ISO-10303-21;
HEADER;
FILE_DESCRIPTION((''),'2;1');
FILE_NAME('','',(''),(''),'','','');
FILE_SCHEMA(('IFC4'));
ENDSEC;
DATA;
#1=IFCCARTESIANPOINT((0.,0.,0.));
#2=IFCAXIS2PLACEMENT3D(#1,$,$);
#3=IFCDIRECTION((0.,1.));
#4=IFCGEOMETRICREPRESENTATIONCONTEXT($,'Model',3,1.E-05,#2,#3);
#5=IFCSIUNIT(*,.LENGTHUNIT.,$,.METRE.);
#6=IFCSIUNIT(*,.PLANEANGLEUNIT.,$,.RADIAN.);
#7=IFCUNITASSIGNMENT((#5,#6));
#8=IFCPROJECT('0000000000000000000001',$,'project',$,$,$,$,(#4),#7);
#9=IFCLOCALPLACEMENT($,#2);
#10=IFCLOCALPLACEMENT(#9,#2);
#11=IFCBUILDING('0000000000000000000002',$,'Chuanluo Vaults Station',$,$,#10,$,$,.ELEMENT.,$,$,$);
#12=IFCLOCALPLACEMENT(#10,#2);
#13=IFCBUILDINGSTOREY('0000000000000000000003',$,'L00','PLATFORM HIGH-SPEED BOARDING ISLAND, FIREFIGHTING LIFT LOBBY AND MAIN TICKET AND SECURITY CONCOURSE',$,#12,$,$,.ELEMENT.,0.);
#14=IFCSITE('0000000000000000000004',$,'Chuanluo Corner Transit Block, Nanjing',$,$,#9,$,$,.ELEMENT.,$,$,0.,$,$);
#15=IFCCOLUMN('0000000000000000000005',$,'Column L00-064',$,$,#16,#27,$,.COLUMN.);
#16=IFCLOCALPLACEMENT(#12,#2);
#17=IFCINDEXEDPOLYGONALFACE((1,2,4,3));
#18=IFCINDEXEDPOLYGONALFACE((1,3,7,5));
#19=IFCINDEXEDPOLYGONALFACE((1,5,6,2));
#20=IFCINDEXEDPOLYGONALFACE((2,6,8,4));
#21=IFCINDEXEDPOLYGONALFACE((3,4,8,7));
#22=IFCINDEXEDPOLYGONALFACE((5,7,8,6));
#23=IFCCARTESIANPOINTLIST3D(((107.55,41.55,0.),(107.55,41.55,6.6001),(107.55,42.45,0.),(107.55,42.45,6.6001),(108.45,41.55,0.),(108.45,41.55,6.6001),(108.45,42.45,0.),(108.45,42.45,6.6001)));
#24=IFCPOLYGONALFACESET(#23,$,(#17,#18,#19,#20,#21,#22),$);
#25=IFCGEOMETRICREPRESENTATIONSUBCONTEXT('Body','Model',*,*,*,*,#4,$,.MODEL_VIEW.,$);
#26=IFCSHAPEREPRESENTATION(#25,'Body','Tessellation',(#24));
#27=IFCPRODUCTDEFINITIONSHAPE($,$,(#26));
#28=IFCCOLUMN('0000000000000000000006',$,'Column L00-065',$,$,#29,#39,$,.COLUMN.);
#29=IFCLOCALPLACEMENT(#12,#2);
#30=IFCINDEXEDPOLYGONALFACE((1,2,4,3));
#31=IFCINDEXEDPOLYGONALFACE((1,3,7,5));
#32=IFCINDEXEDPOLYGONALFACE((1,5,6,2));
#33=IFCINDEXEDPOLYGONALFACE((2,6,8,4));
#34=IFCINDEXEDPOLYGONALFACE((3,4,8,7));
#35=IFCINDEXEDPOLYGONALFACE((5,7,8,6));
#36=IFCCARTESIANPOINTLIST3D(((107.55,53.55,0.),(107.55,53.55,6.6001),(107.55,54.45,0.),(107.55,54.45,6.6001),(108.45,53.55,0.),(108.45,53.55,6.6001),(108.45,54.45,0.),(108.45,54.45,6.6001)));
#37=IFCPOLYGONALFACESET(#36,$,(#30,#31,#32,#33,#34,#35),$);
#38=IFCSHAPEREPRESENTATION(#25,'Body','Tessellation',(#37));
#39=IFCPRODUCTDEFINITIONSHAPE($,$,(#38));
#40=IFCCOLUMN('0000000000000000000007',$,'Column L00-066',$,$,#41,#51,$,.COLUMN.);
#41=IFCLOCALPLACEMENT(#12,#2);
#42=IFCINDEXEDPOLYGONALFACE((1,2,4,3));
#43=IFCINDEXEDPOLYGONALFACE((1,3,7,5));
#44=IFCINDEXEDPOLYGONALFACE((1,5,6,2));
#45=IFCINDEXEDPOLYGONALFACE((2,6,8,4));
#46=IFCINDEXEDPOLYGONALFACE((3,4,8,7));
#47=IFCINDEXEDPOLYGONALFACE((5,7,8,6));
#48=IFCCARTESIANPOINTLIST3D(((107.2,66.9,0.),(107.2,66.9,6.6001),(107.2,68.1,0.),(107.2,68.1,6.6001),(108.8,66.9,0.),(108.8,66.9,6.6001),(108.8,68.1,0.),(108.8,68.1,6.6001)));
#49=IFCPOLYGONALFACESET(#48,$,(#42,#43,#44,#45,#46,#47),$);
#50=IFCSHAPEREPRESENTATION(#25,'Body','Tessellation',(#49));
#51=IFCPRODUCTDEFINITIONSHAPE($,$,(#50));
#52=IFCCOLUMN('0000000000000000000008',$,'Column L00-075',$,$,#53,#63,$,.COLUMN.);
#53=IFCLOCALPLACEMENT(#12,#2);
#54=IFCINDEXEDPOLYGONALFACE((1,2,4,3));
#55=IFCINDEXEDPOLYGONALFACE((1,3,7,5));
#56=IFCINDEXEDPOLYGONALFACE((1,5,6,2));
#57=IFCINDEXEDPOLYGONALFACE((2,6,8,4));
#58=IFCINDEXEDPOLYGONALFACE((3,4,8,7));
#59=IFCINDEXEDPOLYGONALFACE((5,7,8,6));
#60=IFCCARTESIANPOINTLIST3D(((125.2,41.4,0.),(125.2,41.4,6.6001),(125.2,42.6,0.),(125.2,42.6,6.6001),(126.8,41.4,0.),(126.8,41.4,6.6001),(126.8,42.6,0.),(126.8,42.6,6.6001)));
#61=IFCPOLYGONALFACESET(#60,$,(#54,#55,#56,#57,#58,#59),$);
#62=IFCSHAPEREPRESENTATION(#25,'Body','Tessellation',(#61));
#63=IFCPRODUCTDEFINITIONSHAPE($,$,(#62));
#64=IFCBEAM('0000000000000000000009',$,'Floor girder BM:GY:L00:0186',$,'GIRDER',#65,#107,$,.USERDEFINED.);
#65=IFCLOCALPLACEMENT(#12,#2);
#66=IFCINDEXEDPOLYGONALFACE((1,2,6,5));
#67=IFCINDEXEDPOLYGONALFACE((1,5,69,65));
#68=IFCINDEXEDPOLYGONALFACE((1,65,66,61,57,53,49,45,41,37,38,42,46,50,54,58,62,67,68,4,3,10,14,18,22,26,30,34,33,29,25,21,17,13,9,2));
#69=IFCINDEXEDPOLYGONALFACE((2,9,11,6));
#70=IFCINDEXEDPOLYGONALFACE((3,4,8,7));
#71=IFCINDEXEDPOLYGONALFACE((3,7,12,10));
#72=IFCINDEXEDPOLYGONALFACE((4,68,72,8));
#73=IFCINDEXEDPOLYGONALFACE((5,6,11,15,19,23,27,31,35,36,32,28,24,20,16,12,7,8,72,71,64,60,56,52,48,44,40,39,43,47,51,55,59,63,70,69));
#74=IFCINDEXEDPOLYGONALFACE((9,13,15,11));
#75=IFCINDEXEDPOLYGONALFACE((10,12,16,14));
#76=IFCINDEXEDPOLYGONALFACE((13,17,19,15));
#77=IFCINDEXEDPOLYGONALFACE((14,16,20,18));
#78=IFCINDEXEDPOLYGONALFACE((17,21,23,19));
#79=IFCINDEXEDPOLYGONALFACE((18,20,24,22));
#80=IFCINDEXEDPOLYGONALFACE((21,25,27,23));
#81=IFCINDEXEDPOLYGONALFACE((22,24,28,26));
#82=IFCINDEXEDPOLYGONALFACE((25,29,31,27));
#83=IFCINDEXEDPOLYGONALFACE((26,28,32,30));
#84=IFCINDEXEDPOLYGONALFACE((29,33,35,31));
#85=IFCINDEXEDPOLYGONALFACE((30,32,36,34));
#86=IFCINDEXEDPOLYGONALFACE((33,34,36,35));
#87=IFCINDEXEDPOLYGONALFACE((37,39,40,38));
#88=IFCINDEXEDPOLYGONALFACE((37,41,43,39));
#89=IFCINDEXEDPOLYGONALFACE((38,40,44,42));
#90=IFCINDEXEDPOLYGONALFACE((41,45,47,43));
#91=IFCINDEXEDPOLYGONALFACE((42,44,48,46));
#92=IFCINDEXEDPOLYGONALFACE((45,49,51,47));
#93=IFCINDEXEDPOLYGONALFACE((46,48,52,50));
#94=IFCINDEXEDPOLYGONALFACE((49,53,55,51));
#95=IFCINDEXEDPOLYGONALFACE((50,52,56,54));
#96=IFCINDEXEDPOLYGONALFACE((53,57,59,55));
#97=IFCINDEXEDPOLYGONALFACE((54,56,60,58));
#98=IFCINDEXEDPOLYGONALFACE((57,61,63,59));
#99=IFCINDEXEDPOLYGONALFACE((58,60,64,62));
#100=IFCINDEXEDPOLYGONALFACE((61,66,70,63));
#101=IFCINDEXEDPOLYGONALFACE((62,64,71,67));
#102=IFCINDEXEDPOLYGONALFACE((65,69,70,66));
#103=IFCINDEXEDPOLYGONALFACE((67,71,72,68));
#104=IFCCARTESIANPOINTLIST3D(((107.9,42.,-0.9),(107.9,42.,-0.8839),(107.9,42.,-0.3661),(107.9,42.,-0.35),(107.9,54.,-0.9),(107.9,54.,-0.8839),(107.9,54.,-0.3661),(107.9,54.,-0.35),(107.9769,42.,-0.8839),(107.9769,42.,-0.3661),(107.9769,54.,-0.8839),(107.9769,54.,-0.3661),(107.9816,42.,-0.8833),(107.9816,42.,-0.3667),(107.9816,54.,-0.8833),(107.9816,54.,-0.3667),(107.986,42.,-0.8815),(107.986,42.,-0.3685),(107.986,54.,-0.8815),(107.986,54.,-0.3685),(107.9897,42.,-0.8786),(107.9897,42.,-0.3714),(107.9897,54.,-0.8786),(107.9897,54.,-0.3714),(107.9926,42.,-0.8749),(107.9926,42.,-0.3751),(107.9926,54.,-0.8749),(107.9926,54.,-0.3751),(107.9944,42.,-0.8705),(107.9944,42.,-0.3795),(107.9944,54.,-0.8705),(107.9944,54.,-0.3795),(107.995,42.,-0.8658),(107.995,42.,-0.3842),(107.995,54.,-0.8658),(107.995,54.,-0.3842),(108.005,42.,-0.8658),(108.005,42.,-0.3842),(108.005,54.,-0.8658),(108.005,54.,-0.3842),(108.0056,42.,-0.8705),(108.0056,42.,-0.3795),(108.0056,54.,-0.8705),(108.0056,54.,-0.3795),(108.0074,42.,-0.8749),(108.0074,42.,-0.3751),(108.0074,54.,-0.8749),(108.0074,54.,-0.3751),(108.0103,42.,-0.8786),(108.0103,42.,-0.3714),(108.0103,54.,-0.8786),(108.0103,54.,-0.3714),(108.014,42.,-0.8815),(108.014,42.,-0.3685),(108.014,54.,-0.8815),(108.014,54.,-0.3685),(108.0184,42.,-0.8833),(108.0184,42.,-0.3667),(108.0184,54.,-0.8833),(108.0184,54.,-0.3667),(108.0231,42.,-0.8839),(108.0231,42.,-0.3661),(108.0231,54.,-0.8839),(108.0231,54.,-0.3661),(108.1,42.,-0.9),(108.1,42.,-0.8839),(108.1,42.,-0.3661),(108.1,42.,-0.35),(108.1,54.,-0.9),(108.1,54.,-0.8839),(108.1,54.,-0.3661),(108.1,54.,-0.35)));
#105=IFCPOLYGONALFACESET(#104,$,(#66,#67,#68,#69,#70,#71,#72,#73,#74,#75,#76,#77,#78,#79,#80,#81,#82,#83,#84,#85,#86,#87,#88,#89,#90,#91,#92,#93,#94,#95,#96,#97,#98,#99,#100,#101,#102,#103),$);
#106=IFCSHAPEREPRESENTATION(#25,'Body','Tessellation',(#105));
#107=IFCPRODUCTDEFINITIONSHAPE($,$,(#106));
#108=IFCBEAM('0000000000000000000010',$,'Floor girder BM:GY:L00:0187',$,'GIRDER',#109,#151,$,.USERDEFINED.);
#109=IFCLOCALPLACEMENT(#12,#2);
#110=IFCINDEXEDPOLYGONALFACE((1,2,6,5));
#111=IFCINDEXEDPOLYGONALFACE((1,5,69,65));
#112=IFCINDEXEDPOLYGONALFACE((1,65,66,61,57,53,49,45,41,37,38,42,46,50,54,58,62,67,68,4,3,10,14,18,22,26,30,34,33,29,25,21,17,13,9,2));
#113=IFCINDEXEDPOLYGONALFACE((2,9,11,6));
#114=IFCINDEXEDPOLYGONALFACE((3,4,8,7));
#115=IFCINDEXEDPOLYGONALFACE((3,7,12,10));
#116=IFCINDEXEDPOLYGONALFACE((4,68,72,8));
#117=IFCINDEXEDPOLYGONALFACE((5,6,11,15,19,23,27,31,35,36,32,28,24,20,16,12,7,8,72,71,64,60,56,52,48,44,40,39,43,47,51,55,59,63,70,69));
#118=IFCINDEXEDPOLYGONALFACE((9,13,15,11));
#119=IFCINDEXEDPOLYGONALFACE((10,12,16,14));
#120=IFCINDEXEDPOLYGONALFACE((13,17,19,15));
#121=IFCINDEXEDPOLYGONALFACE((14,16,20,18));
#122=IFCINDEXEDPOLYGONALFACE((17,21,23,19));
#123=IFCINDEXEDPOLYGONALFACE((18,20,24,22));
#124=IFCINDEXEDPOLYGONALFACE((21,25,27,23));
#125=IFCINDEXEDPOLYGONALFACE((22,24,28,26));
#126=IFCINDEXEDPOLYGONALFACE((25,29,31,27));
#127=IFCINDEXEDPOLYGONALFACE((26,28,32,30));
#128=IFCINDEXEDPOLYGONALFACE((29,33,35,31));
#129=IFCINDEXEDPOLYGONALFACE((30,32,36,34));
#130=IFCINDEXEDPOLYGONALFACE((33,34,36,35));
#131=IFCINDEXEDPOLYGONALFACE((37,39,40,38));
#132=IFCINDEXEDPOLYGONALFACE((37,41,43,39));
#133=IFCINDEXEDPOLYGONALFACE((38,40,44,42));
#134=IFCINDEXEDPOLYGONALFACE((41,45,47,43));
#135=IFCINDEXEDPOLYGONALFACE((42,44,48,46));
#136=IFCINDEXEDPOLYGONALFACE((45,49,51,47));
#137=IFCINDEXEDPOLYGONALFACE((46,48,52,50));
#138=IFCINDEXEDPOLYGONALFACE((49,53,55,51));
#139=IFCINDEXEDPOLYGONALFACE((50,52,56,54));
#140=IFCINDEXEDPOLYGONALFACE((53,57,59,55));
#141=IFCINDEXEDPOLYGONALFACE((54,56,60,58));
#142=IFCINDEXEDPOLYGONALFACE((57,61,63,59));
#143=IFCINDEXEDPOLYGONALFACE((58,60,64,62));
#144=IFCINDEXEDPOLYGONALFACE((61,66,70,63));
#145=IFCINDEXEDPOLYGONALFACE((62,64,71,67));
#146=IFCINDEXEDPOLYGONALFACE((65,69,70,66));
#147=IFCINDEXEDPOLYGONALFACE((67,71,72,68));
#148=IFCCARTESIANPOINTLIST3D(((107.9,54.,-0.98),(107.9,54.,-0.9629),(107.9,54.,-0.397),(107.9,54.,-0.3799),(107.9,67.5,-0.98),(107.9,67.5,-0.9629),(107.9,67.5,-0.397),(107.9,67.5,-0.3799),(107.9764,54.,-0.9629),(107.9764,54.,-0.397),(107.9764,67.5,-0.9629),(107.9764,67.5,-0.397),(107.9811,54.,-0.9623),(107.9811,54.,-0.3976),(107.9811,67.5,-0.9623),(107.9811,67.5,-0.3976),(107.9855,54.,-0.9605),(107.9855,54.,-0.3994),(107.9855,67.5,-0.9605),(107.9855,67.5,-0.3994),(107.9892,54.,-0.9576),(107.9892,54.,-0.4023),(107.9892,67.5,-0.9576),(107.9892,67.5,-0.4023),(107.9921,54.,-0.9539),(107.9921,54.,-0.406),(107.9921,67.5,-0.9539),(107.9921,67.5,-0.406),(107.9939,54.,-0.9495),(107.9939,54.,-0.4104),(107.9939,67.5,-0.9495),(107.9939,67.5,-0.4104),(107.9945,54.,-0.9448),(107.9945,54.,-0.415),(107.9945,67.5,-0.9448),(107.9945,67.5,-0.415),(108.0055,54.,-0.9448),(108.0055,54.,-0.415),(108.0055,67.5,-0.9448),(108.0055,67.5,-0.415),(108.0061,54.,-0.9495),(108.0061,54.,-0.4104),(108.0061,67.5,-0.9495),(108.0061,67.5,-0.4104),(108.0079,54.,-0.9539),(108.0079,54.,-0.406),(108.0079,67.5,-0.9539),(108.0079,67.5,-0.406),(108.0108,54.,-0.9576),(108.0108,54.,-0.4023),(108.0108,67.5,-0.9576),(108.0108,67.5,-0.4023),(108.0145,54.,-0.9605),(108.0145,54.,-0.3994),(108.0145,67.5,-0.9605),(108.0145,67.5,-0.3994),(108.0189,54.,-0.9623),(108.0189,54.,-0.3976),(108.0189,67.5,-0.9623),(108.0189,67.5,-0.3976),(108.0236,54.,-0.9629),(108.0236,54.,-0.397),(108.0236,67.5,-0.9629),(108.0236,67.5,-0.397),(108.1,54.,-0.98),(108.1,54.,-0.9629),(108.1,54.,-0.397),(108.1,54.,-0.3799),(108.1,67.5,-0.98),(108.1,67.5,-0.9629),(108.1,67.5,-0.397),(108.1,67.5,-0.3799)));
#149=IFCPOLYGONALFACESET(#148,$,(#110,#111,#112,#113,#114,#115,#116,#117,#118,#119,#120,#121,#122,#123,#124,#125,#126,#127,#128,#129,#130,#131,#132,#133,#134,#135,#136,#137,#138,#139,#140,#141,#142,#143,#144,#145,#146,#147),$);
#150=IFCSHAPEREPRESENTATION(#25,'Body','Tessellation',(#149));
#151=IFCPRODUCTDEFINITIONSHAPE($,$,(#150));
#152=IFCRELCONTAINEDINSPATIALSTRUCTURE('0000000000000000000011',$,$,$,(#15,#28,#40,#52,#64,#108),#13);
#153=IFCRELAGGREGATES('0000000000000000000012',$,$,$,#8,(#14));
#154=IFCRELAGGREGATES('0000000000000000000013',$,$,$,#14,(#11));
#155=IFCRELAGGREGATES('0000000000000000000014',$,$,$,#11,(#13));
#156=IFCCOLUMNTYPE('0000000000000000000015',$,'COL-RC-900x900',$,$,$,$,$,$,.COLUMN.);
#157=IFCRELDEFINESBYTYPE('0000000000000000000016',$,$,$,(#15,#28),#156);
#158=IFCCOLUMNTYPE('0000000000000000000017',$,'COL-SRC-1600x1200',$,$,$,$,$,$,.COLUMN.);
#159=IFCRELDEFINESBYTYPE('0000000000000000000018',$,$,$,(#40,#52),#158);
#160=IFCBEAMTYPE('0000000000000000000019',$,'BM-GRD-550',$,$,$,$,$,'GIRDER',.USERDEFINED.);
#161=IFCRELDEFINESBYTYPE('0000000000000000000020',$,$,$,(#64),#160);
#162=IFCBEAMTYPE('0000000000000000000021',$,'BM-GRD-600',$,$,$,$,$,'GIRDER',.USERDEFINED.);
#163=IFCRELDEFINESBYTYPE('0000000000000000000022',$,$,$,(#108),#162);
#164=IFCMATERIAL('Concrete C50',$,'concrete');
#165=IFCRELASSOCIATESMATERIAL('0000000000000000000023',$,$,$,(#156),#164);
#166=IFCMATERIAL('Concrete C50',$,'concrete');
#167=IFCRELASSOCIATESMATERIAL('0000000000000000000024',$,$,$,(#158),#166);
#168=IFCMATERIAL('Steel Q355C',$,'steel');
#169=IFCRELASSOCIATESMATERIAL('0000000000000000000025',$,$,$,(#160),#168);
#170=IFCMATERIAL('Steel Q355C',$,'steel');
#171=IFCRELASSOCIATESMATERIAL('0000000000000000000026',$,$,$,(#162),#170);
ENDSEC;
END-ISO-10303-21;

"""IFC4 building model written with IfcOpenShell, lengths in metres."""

from ifc_helpers import new_model, si_unit, direction, frame, origin, origin_2d, place, context, subcontext, project, spatial, rectangle, i_section, extrude, material, material_profile, profile_set, type_object, element, save


model = new_model("IFC4")

# Units and contexts
model_context = context("Model", 3, precision=1e-05, world=origin(), true_north=direction((0.0, 1.0)))
body_context = subcontext(model_context, "Body", "Model", "MODEL_VIEW")
ifc_project = project(units=[si_unit("LENGTHUNIT", "METRE"), si_unit("PLANEANGLEUNIT", "RADIAN")], contexts=[model_context])

# Site, building, storey
site_placement = place(None, origin())
site = spatial("IfcSite", under=ifc_project, at=site_placement, Name="Chuanluo Corner Transit Block, Nanjing", CompositionType="ELEMENT", RefElevation=0.0)
building_placement = place(site_placement, origin())
building = spatial("IfcBuilding", under=site, at=building_placement, Name="Chuanluo Vaults Station", CompositionType="ELEMENT")
storey_placement = place(building_placement, origin())
storey = spatial("IfcBuildingStorey", under=building, at=storey_placement, Name="L00", Description="PLATFORM HIGH-SPEED BOARDING ISLAND, FIREFIGHTING LIFT LOBBY AND MAIN TICKET AND SECURITY CONCOURSE", CompositionType="ELEMENT", Elevation=0.0)

# Columns
ifc_material_1 = material(Name="Concrete C50", Category="concrete")
ifc_material_profile_1 = material_profile(ifc_material_1, rectangle(XDim=0.8999, YDim=0.8999, at=origin_2d()))
ifc_profile_set_1 = profile_set([ifc_material_profile_1], Name="Concrete C50")
column_type_1 = type_object("IfcColumnType", Name="COL-RC-900x900", PredefinedType="COLUMN", material=ifc_profile_set_1)
for number, where, z_axis, x_axis, name in (
    (1, (108.0, 42.0, 0.0), (0.0, 0.0, 1.0), (1.0, 0.0, 0.0), "Column L00-064"),
    (2, (108.0, 54.0, 0.0), (0.0, 0.0, 1.0), (1.0, 0.0, 0.0), "Column L00-065"),
):
    element("IfcColumn", number, at=place(storey_placement, frame(where, z_axis=z_axis, x_axis=x_axis)), inside=storey, type_object=column_type_1, Name=name, PredefinedType="COLUMN", context=body_context, shape_type="SweptSolid", body=[
        extrude(rectangle(XDim=0.8999, YDim=0.8999, at=origin_2d()), origin(), (0.0, 0.0, 1.0), 6.6001),
    ])
ifc_material_2 = material(Name="Concrete C50", Category="concrete")
ifc_material_profile_2 = material_profile(ifc_material_2, rectangle(XDim=1.6001, YDim=1.2, at=origin_2d()))
ifc_profile_set_2 = profile_set([ifc_material_profile_2], Name="Concrete C50")
column_type_2 = type_object("IfcColumnType", Name="COL-SRC-1600x1200", PredefinedType="COLUMN", material=ifc_profile_set_2)
for number, where, z_axis, x_axis, name in (
    (3, (108.0, 67.5, 0.0), (0.0, 0.0, 1.0), (1.0, 0.0, 0.0), "Column L00-066"),
    (4, (126.0, 42.0, 0.0), (0.0, 0.0, 1.0), (1.0, 0.0, 0.0), "Column L00-075"),
):
    element("IfcColumn", number, at=place(storey_placement, frame(where, z_axis=z_axis, x_axis=x_axis)), inside=storey, type_object=column_type_2, Name=name, PredefinedType="COLUMN", context=body_context, shape_type="SweptSolid", body=[
        extrude(rectangle(XDim=1.6001, YDim=1.2, at=origin_2d()), origin(), (0.0, 0.0, 1.0), 6.6001),
    ])

# Beams
ifc_material_3 = material(Name="Steel Q355C", Category="steel")
ifc_material_profile_3 = material_profile(ifc_material_3, i_section(OverallWidth=0.2, OverallDepth=0.55, WebThickness=0.01, FlangeThickness=0.0161, FilletRadius=0.0181, at=origin_2d()))
ifc_profile_set_3 = profile_set([ifc_material_profile_3], Name="Steel Q355C")
beam_type_1 = type_object("IfcBeamType", Name="BM-GRD-550", ElementType="GIRDER", PredefinedType="USERDEFINED", material=ifc_profile_set_3)
beam_1_placement = place(storey_placement, frame((108.0, 42.0, -0.625), z_axis=(0.0, 1.0, 0.0), x_axis=(-1.0, 0.0, 0.0)))
element("IfcBeam", 5, at=beam_1_placement, inside=storey, type_object=beam_type_1, Name="Floor girder BM:GY:L00:0186", ObjectType="GIRDER", PredefinedType="USERDEFINED", context=body_context, shape_type="SweptSolid", body=[
    extrude(i_section(OverallWidth=0.2, OverallDepth=0.55, WebThickness=0.01, FlangeThickness=0.0161, FilletRadius=0.0181, at=origin_2d()), origin(), (0.0, 0.0, 1.0), 12.0),
])
ifc_material_4 = material(Name="Steel Q355C", Category="steel")
ifc_material_profile_4 = material_profile(ifc_material_4, i_section(OverallWidth=0.2, OverallDepth=0.6001, WebThickness=0.011, FlangeThickness=0.0171, FilletRadius=0.0181, at=origin_2d()))
ifc_profile_set_4 = profile_set([ifc_material_profile_4], Name="Steel Q355C")
beam_type_2 = type_object("IfcBeamType", Name="BM-GRD-600", ElementType="GIRDER", PredefinedType="USERDEFINED", material=ifc_profile_set_4)
beam_2_placement = place(storey_placement, frame((108.0, 54.0, -0.6799), z_axis=(0.0, 1.0, 0.0), x_axis=(-1.0, 0.0, 0.0)))
element("IfcBeam", 6, at=beam_2_placement, inside=storey, type_object=beam_type_2, Name="Floor girder BM:GY:L00:0187", ObjectType="GIRDER", PredefinedType="USERDEFINED", context=body_context, shape_type="SweptSolid", body=[
    extrude(i_section(OverallWidth=0.2, OverallDepth=0.6001, WebThickness=0.011, FlangeThickness=0.0171, FilletRadius=0.0181, at=origin_2d()), origin(), (0.0, 0.0, 1.0), 13.5),
])

save(model, "model.ifc")
